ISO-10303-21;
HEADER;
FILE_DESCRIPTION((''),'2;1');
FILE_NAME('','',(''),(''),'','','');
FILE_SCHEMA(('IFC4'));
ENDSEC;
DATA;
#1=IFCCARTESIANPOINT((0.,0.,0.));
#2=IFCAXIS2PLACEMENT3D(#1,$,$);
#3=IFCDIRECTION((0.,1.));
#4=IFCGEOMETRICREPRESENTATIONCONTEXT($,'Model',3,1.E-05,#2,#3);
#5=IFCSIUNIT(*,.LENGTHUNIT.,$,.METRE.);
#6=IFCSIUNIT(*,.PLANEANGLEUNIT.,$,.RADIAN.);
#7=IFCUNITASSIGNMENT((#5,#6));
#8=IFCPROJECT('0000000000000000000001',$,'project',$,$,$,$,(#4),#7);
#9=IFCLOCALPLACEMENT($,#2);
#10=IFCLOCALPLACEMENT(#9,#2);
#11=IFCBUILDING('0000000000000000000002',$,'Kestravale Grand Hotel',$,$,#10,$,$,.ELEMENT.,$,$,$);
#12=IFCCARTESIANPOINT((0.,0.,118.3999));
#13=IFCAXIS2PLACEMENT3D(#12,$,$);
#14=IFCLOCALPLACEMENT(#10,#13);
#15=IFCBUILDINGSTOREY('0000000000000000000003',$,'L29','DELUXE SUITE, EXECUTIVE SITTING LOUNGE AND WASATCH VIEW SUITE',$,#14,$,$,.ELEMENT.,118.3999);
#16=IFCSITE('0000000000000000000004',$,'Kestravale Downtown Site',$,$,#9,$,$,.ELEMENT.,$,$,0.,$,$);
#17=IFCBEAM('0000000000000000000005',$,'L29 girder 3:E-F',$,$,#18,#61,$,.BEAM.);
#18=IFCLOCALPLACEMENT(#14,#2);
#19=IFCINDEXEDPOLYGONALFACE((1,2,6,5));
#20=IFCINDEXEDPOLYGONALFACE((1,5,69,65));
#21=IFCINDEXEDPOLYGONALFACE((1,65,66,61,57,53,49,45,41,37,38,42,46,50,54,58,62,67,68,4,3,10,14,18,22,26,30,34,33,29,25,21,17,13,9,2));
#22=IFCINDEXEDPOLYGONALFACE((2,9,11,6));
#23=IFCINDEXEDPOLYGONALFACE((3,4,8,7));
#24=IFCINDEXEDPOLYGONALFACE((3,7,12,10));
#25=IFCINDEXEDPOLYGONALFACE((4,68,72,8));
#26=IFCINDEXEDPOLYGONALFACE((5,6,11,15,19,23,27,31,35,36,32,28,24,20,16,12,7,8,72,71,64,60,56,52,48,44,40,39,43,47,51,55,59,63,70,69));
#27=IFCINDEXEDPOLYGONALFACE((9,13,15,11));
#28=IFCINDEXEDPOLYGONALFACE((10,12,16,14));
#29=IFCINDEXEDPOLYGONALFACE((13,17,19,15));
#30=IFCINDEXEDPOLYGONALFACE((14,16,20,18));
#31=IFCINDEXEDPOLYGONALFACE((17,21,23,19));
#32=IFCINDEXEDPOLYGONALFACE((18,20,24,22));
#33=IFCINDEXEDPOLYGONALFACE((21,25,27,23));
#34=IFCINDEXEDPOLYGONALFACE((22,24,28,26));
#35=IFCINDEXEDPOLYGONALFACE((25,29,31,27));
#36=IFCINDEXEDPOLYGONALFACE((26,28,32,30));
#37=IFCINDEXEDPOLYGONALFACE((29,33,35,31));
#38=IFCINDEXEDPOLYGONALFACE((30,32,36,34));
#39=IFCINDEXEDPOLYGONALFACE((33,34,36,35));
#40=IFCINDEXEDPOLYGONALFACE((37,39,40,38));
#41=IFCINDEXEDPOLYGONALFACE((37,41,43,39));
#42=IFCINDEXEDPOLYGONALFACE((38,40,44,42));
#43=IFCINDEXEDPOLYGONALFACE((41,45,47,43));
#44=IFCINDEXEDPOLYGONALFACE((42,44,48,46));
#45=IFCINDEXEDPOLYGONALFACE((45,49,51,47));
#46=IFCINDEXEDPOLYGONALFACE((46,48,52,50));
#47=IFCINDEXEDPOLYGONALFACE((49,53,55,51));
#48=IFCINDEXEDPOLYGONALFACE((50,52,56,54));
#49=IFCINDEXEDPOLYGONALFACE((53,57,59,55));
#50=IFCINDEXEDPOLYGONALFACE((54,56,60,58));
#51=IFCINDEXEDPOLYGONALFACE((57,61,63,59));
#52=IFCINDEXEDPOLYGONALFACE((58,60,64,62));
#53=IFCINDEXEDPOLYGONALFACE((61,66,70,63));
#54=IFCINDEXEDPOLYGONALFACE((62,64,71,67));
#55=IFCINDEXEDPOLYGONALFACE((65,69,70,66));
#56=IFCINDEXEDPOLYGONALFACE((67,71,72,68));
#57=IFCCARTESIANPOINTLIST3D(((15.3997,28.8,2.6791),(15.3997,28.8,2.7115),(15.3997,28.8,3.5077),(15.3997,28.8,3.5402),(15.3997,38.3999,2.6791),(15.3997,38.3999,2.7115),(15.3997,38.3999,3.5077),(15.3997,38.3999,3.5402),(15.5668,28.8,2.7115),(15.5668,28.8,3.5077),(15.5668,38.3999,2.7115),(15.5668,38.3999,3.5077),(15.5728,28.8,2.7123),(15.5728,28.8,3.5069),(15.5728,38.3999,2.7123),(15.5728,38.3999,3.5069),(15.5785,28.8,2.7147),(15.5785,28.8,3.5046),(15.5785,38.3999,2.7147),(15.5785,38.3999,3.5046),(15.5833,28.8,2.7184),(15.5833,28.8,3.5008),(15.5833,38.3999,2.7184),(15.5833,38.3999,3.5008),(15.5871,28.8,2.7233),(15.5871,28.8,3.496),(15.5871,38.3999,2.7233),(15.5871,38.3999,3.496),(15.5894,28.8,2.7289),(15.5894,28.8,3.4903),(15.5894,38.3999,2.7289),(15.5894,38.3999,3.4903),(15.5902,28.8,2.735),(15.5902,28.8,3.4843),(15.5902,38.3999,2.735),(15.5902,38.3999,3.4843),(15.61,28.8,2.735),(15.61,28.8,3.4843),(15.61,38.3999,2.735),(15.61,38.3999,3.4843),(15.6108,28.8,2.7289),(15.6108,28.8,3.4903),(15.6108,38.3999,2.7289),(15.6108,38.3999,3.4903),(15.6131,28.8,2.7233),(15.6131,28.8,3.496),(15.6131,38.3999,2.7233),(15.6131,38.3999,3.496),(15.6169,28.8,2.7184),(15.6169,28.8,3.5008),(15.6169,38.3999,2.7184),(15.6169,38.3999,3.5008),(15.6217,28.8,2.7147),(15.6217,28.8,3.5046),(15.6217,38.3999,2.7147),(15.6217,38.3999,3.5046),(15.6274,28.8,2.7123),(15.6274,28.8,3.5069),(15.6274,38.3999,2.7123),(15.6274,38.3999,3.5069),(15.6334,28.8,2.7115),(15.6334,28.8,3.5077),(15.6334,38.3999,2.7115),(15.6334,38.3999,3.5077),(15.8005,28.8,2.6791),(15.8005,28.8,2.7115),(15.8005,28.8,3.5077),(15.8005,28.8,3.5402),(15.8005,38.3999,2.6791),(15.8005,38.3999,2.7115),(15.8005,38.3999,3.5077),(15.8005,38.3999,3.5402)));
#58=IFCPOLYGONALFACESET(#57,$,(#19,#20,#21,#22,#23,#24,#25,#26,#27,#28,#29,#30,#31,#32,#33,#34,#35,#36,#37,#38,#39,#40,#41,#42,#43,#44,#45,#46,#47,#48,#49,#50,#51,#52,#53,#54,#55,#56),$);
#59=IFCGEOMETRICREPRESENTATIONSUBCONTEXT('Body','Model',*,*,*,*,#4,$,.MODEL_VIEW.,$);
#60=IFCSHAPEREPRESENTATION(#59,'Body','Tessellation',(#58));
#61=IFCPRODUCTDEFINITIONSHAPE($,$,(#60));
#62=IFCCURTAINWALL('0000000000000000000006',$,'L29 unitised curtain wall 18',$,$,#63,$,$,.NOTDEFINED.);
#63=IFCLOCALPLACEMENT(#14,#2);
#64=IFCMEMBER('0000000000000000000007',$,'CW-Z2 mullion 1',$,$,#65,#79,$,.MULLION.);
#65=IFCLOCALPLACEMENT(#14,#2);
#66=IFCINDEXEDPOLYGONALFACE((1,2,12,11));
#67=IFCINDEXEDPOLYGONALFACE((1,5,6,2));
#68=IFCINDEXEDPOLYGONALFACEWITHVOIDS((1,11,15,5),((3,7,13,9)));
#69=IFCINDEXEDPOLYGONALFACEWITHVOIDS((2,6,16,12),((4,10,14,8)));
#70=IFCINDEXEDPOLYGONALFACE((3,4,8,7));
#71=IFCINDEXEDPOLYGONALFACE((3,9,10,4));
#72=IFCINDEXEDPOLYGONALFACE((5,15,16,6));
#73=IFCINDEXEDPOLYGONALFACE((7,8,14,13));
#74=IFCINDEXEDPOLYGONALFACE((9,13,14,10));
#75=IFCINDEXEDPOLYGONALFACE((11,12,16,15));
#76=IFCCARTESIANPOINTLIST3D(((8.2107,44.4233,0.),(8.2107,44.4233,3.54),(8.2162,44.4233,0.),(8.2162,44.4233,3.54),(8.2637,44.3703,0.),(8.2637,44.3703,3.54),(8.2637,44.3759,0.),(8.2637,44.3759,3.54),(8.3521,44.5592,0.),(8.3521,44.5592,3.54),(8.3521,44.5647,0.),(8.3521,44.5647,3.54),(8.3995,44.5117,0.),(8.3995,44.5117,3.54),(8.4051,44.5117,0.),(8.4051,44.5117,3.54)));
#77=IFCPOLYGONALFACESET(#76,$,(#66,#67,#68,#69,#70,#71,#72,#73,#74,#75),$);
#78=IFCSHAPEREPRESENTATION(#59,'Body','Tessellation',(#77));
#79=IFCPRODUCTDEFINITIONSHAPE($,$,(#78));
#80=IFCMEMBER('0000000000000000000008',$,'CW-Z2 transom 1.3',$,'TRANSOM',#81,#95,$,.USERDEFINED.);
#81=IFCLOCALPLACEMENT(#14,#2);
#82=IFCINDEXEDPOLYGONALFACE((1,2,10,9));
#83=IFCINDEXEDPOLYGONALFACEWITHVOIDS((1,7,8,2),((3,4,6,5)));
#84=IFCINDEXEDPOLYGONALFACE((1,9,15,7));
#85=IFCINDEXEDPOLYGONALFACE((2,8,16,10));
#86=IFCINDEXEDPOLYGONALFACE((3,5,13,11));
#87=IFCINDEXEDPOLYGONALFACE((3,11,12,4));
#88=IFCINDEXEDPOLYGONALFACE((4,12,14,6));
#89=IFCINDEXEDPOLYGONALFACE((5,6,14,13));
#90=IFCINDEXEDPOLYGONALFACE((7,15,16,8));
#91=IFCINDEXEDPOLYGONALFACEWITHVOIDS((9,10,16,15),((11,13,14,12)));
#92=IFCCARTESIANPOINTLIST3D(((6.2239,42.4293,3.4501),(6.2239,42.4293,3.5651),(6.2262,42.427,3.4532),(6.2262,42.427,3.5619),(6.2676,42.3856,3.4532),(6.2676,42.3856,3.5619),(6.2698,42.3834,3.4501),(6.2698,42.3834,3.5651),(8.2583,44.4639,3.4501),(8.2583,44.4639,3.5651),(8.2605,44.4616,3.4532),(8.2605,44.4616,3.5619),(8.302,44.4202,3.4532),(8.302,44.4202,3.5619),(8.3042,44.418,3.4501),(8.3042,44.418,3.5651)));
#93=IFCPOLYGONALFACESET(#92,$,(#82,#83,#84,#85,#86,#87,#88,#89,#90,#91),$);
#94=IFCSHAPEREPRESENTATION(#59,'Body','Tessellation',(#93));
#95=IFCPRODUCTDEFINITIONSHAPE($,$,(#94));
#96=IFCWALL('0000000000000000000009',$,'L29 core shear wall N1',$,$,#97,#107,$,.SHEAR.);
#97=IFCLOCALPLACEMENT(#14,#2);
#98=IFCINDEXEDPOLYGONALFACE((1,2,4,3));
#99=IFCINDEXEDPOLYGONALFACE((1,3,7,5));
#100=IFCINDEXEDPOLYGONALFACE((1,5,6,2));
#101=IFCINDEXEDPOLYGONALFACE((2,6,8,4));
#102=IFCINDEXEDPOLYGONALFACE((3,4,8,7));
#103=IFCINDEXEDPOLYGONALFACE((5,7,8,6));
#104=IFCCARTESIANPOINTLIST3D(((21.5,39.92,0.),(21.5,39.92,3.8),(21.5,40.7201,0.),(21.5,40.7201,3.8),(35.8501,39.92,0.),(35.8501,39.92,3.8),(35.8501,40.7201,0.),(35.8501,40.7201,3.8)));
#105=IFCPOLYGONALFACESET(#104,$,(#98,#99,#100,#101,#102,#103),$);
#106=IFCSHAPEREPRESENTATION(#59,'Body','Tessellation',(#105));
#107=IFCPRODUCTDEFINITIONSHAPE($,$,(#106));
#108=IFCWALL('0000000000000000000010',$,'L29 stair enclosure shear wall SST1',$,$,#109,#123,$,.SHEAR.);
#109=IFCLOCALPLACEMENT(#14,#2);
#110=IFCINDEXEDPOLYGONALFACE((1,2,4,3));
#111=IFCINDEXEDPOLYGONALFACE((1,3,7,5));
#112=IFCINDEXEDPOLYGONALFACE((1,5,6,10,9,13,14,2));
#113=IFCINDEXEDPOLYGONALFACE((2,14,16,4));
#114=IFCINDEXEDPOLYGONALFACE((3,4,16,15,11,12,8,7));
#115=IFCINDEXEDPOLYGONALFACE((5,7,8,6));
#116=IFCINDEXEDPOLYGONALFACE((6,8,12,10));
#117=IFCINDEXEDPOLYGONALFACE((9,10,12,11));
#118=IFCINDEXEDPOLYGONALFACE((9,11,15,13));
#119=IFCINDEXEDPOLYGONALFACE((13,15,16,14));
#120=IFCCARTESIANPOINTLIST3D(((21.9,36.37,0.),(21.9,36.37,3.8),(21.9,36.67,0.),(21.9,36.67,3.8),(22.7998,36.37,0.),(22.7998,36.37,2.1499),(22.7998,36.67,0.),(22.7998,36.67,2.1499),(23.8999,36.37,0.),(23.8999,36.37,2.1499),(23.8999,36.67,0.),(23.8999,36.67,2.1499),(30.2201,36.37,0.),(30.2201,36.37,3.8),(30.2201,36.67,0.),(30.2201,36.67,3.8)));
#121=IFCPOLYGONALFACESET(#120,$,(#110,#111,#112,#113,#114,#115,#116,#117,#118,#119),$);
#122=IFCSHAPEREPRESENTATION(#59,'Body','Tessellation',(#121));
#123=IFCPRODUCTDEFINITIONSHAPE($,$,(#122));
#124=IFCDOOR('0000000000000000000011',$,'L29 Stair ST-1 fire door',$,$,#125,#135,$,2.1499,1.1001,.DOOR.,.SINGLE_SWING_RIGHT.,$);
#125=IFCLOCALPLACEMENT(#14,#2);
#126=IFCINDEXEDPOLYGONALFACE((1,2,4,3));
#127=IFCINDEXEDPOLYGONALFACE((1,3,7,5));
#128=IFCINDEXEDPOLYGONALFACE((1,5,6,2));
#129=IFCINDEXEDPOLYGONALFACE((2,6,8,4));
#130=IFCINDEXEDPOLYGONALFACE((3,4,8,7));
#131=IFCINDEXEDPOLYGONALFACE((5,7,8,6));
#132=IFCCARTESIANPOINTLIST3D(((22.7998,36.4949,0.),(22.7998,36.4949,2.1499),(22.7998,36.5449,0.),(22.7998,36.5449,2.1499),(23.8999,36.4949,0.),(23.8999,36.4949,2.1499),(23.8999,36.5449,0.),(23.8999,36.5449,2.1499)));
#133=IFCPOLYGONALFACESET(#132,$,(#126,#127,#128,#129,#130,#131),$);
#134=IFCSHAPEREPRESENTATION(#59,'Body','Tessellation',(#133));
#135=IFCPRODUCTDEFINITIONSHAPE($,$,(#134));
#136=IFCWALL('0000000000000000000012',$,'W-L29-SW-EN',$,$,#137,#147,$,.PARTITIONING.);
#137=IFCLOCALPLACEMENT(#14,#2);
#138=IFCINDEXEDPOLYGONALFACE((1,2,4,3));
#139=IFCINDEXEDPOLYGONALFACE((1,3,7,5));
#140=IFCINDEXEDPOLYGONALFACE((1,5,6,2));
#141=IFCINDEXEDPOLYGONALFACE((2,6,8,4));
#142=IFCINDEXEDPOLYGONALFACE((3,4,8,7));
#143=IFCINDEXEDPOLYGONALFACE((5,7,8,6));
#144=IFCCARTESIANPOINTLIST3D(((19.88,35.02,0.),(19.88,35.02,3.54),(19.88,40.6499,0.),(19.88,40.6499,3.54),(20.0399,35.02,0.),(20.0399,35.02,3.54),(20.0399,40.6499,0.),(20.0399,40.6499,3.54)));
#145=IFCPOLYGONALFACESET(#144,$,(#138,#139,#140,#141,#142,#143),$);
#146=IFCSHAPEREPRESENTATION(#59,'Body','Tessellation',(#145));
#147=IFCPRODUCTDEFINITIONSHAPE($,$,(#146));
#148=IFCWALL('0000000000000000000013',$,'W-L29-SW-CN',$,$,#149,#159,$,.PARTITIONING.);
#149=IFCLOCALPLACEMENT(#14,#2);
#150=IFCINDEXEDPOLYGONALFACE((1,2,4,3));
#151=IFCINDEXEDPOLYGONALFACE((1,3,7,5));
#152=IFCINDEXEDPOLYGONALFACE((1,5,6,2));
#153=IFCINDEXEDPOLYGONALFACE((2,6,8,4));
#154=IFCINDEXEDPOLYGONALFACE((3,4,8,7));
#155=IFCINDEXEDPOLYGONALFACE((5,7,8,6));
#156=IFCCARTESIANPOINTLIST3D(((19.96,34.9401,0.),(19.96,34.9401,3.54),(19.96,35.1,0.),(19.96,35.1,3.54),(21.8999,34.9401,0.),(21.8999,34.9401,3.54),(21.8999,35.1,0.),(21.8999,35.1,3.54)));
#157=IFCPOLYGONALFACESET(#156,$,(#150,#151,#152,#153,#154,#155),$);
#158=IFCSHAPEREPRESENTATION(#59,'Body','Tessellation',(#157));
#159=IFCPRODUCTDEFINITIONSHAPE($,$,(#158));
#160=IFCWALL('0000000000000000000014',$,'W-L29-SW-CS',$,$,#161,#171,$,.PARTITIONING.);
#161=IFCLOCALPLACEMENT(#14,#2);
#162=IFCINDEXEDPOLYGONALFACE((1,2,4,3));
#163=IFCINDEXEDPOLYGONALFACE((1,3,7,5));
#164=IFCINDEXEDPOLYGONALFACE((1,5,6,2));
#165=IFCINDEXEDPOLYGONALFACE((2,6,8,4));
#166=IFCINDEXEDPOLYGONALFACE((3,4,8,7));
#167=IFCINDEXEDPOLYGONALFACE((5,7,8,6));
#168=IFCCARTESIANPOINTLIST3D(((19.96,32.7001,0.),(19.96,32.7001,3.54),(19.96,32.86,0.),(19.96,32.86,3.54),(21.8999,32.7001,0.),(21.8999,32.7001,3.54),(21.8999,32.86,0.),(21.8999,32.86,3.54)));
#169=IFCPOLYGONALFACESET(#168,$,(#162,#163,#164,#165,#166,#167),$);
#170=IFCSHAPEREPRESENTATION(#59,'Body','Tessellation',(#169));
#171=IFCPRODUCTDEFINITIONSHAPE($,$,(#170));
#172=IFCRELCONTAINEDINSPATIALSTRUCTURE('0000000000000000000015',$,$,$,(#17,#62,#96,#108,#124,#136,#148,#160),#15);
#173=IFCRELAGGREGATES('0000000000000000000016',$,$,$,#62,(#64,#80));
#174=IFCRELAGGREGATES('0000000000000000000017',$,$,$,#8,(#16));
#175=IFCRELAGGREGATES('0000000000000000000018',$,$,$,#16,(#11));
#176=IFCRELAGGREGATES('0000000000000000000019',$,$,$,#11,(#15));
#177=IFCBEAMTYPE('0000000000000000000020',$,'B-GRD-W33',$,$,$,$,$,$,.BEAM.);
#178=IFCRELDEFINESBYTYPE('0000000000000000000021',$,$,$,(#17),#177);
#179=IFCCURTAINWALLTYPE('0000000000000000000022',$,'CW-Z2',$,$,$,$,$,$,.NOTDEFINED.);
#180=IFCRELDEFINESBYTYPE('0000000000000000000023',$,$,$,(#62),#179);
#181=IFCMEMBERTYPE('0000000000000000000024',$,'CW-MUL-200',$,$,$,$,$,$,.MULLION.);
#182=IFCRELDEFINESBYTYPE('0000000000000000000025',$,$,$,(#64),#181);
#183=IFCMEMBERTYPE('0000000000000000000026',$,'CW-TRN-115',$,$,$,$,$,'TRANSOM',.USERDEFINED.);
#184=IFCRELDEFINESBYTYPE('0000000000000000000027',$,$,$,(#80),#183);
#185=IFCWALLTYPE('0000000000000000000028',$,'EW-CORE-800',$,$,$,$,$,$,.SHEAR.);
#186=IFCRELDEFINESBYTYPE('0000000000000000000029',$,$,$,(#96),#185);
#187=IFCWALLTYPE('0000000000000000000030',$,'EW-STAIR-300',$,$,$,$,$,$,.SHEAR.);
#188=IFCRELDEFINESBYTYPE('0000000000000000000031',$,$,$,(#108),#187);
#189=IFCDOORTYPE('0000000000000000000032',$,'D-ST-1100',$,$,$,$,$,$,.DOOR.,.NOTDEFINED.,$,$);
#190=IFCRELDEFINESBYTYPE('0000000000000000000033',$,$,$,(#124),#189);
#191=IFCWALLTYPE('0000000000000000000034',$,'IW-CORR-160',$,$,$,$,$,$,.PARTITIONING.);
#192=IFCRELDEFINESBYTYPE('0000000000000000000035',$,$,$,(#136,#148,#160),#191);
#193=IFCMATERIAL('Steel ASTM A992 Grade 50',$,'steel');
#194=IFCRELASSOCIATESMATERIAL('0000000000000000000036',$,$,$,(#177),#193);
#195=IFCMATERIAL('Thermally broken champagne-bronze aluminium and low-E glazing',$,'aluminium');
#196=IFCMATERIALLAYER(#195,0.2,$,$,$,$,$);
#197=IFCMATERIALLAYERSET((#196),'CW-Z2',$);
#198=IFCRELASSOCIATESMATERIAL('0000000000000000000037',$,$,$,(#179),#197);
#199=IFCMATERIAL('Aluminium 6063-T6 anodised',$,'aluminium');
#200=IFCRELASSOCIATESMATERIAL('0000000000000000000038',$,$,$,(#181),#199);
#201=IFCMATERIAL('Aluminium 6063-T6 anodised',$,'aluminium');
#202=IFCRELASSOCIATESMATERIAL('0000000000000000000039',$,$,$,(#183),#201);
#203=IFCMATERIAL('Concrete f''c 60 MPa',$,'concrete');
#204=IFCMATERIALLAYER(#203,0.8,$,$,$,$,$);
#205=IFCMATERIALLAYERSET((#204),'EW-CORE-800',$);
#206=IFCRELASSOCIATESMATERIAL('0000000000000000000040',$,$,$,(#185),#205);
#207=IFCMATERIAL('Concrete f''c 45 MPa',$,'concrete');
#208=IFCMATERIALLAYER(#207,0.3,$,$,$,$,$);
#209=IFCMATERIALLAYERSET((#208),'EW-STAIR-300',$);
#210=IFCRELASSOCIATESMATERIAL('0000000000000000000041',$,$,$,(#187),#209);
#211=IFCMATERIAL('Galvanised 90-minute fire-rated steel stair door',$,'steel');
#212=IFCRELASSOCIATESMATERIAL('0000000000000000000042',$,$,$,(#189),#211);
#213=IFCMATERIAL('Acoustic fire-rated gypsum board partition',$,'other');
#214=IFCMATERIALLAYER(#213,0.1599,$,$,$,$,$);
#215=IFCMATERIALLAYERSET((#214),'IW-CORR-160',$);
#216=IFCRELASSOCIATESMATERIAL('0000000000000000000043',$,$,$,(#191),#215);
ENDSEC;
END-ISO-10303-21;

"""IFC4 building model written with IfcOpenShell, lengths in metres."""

from ifc_helpers import new_model, si_unit, direction, frame, frame_2d, origin, origin_2d, place, context, subcontext, project, spatial, rectangle, hollow_rectangle, i_section, extrude, material, layer, layer_set, material_profile, profile_set, type_object, element, fill, aggregate, save


model = new_model("IFC4")

# Units and contexts
model_context = context("Model", 3, precision=1e-05, world=origin(), true_north=direction((0.0, 1.0)))
body_context = subcontext(model_context, "Body", "Model", "MODEL_VIEW")
ifc_project = project(units=[si_unit("LENGTHUNIT", "METRE"), si_unit("PLANEANGLEUNIT", "RADIAN")], contexts=[model_context])

# Site, building, storey
site_placement = place(None, origin())
site = spatial("IfcSite", under=ifc_project, at=site_placement, Name="Kestravale Downtown Site", CompositionType="ELEMENT", RefElevation=0.0)
building_placement = place(site_placement, origin())
building = spatial("IfcBuilding", under=site, at=building_placement, Name="Kestravale Grand Hotel", CompositionType="ELEMENT")
storey_placement = place(building_placement, frame((0.0, 0.0, 118.3999)))
storey = spatial("IfcBuildingStorey", under=building, at=storey_placement, Name="L29", Description="DELUXE SUITE, EXECUTIVE SITTING LOUNGE AND WASATCH VIEW SUITE", CompositionType="ELEMENT", Elevation=118.3999)

# Beam
ifc_material_1 = material(Name="Steel ASTM A992 Grade 50", Category="steel")
ifc_material_profile_1 = material_profile(ifc_material_1, i_section(OverallWidth=0.4009, OverallDepth=0.8611, WebThickness=0.0198, FlangeThickness=0.0325, FilletRadius=0.0234, at=origin_2d()))
ifc_profile_set_1 = profile_set([ifc_material_profile_1], Name="Steel ASTM A992 Grade 50")
beam_type_1 = type_object("IfcBeamType", Name="B-GRD-W33", PredefinedType="BEAM", material=ifc_profile_set_1)
beam_1_placement = place(storey_placement, frame((15.6001, 28.8, 3.1096), z_axis=(0.0, 1.0, 0.0), x_axis=(-1.0, 0.0, 0.0)))
element("IfcBeam", 1, at=beam_1_placement, inside=storey, type_object=beam_type_1, Name="L29 girder 3:E-F", PredefinedType="BEAM", context=body_context, shape_type="SweptSolid", body=[
    extrude(i_section(OverallWidth=0.4009, OverallDepth=0.8611, WebThickness=0.0198, FlangeThickness=0.0325, FilletRadius=0.0234, at=origin_2d()), origin(), (0.0, 0.0, 1.0), 9.5999),
])

# Curtain wall, members
ifc_material_2 = material(Name="Thermally broken champagne-bronze aluminium and low-E glazing", Category="aluminium")
ifc_layer_1 = layer(ifc_material_2, 0.2)
ifc_layer_set_1 = layer_set([ifc_layer_1], Name="CW-Z2")
curtain_wall_type = type_object("IfcCurtainWallType", Name="CW-Z2", PredefinedType="NOTDEFINED", material=ifc_layer_set_1)
curtain_wall_placement = place(storey_placement, origin())
curtain_wall = element("IfcCurtainWall", 2, at=curtain_wall_placement, inside=storey, type_object=curtain_wall_type, Name="L29 unitised curtain wall 18", PredefinedType="NOTDEFINED")
ifc_material_3 = material(Name="Aluminium 6063-T6 anodised", Category="aluminium")
ifc_material_profile_2 = material_profile(ifc_material_3, hollow_rectangle(XDim=0.075, YDim=0.2, WallThickness=0.0039, at=origin_2d()))
ifc_profile_set_2 = profile_set([ifc_material_profile_2], Name="Aluminium 6063-T6 anodised")
member_type_1 = type_object("IfcMemberType", Name="CW-MUL-200", PredefinedType="MULLION", material=ifc_profile_set_2)
member_1_placement = place(storey_placement, frame((8.3079, 44.4675, 0.0), z_axis=(0.0, 0.0, 1.0), x_axis=(0.707107, -0.707107, 0.0)))
member_1 = element("IfcMember", 3, at=member_1_placement, type_object=member_type_1, Name="CW-Z2 mullion 1", PredefinedType="MULLION", context=body_context, shape_type="SweptSolid", body=[
    extrude(hollow_rectangle(XDim=0.075, YDim=0.2, WallThickness=0.0039, at=origin_2d()), origin(), (0.0, 0.0, 1.0), 3.54),
])
ifc_material_4 = material(Name="Aluminium 6063-T6 anodised", Category="aluminium")
ifc_material_profile_3 = material_profile(ifc_material_4, hollow_rectangle(XDim=0.0649, YDim=0.115, WallThickness=0.0032, at=origin_2d()))
ifc_profile_set_3 = profile_set([ifc_material_profile_3], Name="Aluminium 6063-T6 anodised")
member_type_2 = type_object("IfcMemberType", Name="CW-TRN-115", ElementType="TRANSOM", PredefinedType="USERDEFINED", material=ifc_profile_set_3)
member_2_placement = place(storey_placement, frame((8.2812, 44.4409, 3.5076), z_axis=(-0.707064, -0.707149, 0.0), x_axis=(0.707149, -0.707064, 0.0)))
member_2 = element("IfcMember", 4, at=member_2_placement, type_object=member_type_2, Name="CW-Z2 transom 1.3", ObjectType="TRANSOM", PredefinedType="USERDEFINED", context=body_context, shape_type="SweptSolid", body=[
    extrude(hollow_rectangle(XDim=0.0649, YDim=0.115, WallThickness=0.0032, at=origin_2d()), origin(), (0.0, 0.0, 1.0), 2.8772),
])
aggregate(curtain_wall, [member_1, member_2])

# Wall
ifc_material_5 = material(Name="Concrete f'c 60 MPa", Category="concrete")
ifc_layer_2 = layer(ifc_material_5, 0.8)
ifc_layer_set_2 = layer_set([ifc_layer_2], Name="EW-CORE-800")
wall_type_1 = type_object("IfcWallType", Name="EW-CORE-800", PredefinedType="SHEAR", material=ifc_layer_set_2)
wall_1_placement = place(storey_placement, frame((21.5, 40.3201, 0.0), z_axis=(0.0, 0.0, 1.0), x_axis=(1.0, 0.0, 0.0)))
element("IfcWall", 5, at=wall_1_placement, inside=storey, type_object=wall_type_1, Name="L29 core shear wall N1", PredefinedType="SHEAR", context=body_context, shape_type="SweptSolid", body=[
    extrude(rectangle(XDim=14.3501, YDim=0.8, at=frame_2d((7.175, 0.0))), origin(), (0.0, 0.0, 1.0), 3.8),
])

# Wall, opening, door
ifc_material_6 = material(Name="Concrete f'c 45 MPa", Category="concrete")
ifc_layer_3 = layer(ifc_material_6, 0.3)
ifc_layer_set_3 = layer_set([ifc_layer_3], Name="EW-STAIR-300")
wall_type_2 = type_object("IfcWallType", Name="EW-STAIR-300", PredefinedType="SHEAR", material=ifc_layer_set_3)
wall_2_placement = place(storey_placement, frame((21.8999, 36.52, 0.0), z_axis=(0.0, 0.0, 1.0), x_axis=(1.0, 0.0, 0.0)))
wall_2 = element("IfcWall", 6, at=wall_2_placement, inside=storey, type_object=wall_type_2, Name="L29 stair enclosure shear wall SST1", PredefinedType="SHEAR", context=body_context, shape_type="SweptSolid", body=[
    extrude(rectangle(XDim=8.3201, YDim=0.3, at=frame_2d((4.1602, 0.0))), origin(), (0.0, 0.0, 1.0), 3.8),
])
opening_1_placement = place(wall_2_placement, frame((0.8999, 0.0, 0.0)))
opening_1 = element("IfcOpeningElement", 7, at=opening_1_placement, cuts=wall_2, PredefinedType="OPENING", context=body_context, shape_type="SweptSolid", body=[
    extrude(rectangle(XDim=1.1001, YDim=2.1499, at=frame_2d((0.55, 1.075))), frame((0.0, 0.1599, 0.0), z_axis=(0.0, -1.0, 0.0), x_axis=(1.0, 0.0, 0.0)), (0.0, 0.0, 1.0), 0.3201),
])
ifc_material_7 = material(Name="Galvanised 90-minute fire-rated steel stair door", Category="steel")
door_type_1 = type_object("IfcDoorType", Name="D-ST-1100", OperationType="NOTDEFINED", PredefinedType="DOOR", material=ifc_material_7)
door_1_placement = place(opening_1_placement, origin())
door_1 = element("IfcDoor", 8, at=door_1_placement, inside=storey, type_object=door_type_1, Name="L29 Stair ST-1 fire door", OperationType="SINGLE_SWING_RIGHT", OverallHeight=2.1499, OverallWidth=1.1001, PredefinedType="DOOR", context=body_context, shape_type="SweptSolid", body=[
    extrude(rectangle(XDim=1.1001, YDim=2.1499, at=frame_2d((0.55, 1.075))), frame((0.0, 0.0249, 0.0), z_axis=(0.0, -1.0, 0.0), x_axis=(1.0, 0.0, 0.0)), (0.0, 0.0, 1.0), 0.05),
])
fill(opening_1, door_1)

# Walls
ifc_material_8 = material(Name="Acoustic fire-rated gypsum board partition", Category="other")
ifc_layer_4 = layer(ifc_material_8, 0.1599)
ifc_layer_set_4 = layer_set([ifc_layer_4], Name="IW-CORR-160")
wall_type_3 = type_object("IfcWallType", Name="IW-CORR-160", PredefinedType="PARTITIONING", material=ifc_layer_set_4)
wall_3_placement = place(storey_placement, frame((19.96, 35.02, 0.0), z_axis=(0.0, 0.0, 1.0), x_axis=(0.0, 1.0, 0.0)))
element("IfcWall", 9, at=wall_3_placement, inside=storey, type_object=wall_type_3, Name="W-L29-SW-EN", PredefinedType="PARTITIONING", context=body_context, shape_type="SweptSolid", body=[
    extrude(rectangle(XDim=5.6299, YDim=0.1599, at=frame_2d((2.8149, 0.0))), origin(), (0.0, 0.0, 1.0), 3.54),
])
for number, where, z_axis, x_axis, name in (
    (10, (19.96, 35.02, 0.0), (0.0, 0.0, 1.0), (1.0, 0.0, 0.0), "W-L29-SW-CN"),
    (11, (19.96, 32.78, 0.0), (0.0, 0.0, 1.0), (1.0, 0.0, 0.0), "W-L29-SW-CS"),
):
    element("IfcWall", number, at=place(storey_placement, frame(where, z_axis=z_axis, x_axis=x_axis)), inside=storey, type_object=wall_type_3, Name=name, PredefinedType="PARTITIONING", context=body_context, shape_type="SweptSolid", body=[
        extrude(rectangle(XDim=1.9399, YDim=0.1599, at=frame_2d((0.97, 0.0))), origin(), (0.0, 0.0, 1.0), 3.54),
    ])

save(model, "model.ifc")
